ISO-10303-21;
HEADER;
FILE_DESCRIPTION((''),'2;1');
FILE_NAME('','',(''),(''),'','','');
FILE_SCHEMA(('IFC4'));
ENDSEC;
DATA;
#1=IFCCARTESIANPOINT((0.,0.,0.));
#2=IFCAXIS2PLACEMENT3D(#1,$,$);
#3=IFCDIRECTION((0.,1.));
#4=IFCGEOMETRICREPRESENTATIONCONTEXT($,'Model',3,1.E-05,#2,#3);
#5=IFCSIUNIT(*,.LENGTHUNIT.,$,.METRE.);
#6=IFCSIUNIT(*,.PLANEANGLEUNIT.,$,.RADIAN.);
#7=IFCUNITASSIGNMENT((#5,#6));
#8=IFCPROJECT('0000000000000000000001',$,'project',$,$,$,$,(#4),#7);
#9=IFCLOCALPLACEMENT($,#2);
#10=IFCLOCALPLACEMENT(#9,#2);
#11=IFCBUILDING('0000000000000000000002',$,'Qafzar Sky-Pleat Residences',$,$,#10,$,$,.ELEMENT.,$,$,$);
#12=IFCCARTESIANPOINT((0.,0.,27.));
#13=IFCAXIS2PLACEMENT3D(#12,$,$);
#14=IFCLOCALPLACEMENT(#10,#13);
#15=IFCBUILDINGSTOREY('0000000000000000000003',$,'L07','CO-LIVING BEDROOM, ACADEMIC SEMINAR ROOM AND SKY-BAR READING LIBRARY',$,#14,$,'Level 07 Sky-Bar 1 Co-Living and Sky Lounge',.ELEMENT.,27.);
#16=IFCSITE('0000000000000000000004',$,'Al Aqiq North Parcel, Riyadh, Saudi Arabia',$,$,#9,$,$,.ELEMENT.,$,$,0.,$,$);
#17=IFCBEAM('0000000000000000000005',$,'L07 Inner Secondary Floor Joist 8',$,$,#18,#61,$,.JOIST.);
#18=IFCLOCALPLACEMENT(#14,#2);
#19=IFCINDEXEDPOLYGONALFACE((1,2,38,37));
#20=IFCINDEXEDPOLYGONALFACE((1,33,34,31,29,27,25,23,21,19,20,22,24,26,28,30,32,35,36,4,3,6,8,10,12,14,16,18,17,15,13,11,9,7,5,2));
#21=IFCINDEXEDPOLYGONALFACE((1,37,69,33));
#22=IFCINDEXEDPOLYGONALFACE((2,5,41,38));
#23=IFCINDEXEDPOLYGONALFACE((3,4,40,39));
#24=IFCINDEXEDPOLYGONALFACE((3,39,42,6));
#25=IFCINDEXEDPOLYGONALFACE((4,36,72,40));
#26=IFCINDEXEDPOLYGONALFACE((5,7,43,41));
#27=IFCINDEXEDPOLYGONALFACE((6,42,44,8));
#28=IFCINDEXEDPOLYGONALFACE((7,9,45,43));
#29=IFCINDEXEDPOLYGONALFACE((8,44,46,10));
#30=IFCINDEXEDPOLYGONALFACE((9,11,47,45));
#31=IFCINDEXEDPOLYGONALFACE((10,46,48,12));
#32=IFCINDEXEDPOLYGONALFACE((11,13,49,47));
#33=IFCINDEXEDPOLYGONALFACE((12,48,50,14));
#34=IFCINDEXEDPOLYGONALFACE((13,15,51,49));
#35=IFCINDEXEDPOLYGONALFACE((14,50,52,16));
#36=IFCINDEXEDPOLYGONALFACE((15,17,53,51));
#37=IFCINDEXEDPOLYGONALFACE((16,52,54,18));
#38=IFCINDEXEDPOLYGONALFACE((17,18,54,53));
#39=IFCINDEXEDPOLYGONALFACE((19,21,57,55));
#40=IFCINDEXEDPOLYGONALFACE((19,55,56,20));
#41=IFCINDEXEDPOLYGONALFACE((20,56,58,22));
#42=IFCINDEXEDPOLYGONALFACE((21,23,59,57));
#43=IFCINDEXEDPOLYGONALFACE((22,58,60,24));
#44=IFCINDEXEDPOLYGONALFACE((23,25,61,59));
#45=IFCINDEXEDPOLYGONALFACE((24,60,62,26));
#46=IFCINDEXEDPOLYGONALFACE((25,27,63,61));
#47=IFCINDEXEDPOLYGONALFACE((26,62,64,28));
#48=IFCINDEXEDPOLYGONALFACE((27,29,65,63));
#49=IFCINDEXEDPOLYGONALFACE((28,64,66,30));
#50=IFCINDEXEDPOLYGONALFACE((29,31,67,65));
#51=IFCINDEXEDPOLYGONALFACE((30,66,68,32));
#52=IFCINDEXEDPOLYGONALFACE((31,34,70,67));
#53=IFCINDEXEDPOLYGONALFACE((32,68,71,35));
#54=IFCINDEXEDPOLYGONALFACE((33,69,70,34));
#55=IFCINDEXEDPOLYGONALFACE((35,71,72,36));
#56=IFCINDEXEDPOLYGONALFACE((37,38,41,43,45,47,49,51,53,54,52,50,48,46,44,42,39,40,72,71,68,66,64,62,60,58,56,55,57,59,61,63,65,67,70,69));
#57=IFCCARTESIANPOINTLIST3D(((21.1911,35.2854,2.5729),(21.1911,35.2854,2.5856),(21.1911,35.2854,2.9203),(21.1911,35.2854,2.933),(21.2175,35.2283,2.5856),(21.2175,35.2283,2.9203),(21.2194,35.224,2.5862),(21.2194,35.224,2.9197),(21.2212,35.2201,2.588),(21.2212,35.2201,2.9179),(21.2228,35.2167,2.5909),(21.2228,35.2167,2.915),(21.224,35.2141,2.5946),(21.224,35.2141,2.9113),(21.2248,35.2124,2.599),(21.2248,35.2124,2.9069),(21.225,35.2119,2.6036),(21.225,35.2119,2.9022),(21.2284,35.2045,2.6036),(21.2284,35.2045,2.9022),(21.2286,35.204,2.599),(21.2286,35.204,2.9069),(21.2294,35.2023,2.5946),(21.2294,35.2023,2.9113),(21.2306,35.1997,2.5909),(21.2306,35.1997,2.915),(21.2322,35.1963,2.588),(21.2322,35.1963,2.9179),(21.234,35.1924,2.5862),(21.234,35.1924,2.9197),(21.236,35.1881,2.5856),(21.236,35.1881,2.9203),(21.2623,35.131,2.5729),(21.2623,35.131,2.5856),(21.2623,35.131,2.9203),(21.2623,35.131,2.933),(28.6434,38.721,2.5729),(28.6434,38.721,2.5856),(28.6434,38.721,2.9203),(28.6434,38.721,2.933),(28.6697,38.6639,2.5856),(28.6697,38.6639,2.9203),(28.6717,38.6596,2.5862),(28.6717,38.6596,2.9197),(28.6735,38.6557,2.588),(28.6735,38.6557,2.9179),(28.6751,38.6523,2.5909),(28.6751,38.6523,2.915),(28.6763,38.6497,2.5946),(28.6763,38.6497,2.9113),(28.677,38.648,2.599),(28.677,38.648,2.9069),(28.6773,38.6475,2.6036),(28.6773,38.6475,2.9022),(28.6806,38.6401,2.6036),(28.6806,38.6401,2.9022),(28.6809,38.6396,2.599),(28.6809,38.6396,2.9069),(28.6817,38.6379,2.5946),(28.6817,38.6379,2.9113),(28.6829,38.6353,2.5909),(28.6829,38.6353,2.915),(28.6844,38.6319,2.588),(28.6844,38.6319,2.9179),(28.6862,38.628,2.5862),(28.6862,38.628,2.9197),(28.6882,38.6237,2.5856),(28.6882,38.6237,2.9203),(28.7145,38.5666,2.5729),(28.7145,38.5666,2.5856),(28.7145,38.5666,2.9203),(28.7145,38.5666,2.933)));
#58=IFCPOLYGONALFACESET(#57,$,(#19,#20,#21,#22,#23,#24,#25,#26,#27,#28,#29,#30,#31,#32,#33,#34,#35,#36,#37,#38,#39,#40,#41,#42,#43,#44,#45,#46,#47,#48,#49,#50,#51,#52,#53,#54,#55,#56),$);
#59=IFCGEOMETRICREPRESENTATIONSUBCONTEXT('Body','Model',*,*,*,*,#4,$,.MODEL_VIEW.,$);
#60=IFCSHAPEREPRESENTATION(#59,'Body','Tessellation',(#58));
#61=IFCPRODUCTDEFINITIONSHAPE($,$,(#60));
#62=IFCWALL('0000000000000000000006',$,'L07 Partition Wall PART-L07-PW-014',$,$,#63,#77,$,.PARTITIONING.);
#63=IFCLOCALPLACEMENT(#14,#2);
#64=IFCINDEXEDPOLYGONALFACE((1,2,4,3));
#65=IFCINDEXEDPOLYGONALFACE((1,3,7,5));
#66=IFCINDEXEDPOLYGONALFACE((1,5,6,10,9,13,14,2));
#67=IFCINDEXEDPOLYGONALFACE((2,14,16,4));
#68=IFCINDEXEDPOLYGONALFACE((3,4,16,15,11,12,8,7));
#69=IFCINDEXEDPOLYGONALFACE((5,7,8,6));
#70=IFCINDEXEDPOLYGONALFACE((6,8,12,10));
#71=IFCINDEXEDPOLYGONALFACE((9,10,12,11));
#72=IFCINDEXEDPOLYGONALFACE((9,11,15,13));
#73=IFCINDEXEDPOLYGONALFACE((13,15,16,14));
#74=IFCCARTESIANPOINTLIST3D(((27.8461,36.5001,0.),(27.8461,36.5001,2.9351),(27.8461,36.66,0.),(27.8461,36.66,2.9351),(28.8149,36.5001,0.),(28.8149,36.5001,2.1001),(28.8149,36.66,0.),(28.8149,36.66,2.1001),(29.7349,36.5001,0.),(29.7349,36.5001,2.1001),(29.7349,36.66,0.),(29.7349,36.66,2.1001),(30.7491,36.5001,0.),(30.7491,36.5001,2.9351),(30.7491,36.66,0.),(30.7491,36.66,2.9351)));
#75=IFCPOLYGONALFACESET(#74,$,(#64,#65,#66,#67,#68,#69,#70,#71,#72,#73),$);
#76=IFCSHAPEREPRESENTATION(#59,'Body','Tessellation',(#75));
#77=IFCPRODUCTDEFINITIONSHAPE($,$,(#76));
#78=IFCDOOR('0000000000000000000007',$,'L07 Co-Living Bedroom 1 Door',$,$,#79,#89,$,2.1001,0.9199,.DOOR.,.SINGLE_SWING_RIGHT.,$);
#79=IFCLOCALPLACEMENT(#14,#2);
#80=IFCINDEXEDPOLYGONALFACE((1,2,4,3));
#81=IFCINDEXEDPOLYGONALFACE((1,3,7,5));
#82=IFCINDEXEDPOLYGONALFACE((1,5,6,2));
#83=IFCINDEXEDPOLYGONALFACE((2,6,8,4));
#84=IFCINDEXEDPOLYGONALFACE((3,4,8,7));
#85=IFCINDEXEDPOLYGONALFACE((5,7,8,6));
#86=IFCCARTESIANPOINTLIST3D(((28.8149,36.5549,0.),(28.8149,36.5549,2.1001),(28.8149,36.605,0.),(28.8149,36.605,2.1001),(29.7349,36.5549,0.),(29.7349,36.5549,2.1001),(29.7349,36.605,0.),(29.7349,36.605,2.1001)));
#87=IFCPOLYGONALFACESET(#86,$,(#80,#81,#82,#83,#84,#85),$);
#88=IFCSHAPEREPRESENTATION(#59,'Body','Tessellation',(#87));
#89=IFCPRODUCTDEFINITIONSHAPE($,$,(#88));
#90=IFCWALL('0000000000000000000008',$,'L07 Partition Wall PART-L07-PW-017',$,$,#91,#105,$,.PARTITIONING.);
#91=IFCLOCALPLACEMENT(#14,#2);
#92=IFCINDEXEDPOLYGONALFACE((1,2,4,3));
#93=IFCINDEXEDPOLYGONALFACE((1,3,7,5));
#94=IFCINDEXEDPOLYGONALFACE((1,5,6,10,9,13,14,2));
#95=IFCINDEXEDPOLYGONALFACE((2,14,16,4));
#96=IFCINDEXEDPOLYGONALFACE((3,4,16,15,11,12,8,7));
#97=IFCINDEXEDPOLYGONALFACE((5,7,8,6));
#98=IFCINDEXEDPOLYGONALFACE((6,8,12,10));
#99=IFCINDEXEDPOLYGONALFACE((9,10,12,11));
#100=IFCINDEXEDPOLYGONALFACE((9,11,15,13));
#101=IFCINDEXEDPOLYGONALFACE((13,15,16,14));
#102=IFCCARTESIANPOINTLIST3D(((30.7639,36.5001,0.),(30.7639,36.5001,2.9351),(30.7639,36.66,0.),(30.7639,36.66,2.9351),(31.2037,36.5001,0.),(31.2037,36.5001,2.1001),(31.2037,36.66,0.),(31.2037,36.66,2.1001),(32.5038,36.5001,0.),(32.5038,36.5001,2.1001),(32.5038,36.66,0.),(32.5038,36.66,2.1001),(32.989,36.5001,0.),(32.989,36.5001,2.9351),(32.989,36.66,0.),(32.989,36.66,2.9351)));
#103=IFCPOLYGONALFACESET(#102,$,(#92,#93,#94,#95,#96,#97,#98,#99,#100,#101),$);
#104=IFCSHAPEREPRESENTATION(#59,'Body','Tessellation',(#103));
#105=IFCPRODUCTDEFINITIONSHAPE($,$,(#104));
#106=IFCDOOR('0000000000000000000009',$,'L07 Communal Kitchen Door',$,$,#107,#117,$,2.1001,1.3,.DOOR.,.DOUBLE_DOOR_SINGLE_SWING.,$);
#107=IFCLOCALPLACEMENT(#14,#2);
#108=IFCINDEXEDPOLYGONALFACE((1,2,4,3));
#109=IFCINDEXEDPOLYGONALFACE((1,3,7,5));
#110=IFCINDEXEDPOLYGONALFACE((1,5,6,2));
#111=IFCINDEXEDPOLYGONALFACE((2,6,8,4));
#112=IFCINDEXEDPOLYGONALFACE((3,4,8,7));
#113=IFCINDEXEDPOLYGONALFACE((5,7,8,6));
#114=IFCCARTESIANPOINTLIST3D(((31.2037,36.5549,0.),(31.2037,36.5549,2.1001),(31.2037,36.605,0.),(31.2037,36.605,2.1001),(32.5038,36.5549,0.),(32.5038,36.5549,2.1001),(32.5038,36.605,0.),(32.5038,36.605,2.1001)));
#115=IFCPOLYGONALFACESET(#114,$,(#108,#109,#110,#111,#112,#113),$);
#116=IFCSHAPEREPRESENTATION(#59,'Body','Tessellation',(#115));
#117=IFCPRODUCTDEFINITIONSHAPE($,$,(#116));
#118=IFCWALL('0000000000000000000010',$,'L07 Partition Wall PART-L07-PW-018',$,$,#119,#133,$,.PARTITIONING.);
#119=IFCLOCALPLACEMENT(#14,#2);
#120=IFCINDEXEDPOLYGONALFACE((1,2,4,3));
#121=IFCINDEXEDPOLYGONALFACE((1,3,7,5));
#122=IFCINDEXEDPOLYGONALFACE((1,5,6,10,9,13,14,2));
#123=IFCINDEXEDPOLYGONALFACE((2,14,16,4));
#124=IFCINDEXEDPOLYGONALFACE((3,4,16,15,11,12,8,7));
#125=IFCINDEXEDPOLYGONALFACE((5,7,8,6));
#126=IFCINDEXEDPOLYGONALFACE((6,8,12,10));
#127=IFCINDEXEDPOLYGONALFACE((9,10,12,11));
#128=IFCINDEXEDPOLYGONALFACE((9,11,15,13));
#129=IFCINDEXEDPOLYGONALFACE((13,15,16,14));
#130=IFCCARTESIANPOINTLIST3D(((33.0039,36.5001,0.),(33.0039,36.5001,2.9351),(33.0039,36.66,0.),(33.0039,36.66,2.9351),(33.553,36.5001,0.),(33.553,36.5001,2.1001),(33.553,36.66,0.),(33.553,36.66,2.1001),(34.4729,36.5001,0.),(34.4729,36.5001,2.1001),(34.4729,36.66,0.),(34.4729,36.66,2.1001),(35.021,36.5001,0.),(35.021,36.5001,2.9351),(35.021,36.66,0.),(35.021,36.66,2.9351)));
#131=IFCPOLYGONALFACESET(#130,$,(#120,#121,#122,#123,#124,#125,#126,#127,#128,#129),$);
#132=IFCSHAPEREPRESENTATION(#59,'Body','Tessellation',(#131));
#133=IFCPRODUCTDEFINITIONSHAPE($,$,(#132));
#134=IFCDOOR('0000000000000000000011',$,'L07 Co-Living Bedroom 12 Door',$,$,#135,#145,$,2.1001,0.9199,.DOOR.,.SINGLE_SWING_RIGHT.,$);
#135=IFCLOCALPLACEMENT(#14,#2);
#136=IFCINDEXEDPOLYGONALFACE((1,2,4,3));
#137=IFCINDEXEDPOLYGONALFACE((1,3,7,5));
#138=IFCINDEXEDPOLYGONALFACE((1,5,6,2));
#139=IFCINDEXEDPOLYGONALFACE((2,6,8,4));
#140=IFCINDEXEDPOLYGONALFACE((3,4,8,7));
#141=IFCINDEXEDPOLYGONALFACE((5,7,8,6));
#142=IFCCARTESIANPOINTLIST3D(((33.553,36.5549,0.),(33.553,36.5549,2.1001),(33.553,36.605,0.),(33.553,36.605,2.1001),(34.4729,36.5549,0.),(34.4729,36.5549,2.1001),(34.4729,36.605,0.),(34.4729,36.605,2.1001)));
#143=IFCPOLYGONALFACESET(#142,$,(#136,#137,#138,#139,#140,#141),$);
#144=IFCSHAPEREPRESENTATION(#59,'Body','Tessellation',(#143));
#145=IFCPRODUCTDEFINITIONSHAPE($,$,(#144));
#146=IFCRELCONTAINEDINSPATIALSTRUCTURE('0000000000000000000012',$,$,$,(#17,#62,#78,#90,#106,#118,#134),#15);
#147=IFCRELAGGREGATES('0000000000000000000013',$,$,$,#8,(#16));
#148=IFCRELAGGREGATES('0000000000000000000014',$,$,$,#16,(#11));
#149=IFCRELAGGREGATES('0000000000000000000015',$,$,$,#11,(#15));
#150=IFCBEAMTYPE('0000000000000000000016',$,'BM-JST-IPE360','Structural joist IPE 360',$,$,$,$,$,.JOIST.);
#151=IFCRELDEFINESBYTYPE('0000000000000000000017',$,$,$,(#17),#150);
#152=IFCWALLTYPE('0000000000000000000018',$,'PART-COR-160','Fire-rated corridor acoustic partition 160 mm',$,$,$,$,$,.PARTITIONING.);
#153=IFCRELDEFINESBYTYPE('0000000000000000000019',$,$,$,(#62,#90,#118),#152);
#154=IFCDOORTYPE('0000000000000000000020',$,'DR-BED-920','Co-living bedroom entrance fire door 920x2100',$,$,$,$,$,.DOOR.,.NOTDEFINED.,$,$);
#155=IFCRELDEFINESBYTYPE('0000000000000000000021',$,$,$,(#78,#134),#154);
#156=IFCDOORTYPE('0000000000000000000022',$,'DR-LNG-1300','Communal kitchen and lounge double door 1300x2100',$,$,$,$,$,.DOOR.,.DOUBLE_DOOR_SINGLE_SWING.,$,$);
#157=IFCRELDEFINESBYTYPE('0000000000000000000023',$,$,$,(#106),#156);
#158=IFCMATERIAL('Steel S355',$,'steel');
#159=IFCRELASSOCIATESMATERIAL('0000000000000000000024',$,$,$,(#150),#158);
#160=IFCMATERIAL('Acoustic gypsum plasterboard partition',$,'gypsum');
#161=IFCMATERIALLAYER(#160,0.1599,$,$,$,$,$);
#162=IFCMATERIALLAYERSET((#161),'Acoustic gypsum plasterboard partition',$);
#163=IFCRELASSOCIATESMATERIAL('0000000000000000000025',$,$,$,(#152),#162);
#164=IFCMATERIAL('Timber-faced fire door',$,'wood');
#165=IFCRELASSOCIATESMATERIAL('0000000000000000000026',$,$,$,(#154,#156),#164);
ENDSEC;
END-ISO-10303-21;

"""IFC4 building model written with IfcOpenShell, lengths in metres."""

from ifc_helpers import new_model, si_unit, direction, frame, frame_2d, origin, origin_2d, place, context, subcontext, project, spatial, rectangle, i_section, extrude, source, transform, mapped, material, layer, layer_set, material_profile, profile_set, type_object, element, fill, save


model = new_model("IFC4")

# Units and contexts
model_context = context("Model", 3, precision=1e-05, world=origin(), true_north=direction((0.0, 1.0)))
body_context = subcontext(model_context, "Body", "Model", "MODEL_VIEW")
ifc_project = project(units=[si_unit("LENGTHUNIT", "METRE"), si_unit("PLANEANGLEUNIT", "RADIAN")], contexts=[model_context])

# Site, building, storey
site_placement = place(None, origin())
site = spatial("IfcSite", under=ifc_project, at=site_placement, Name="Al Aqiq North Parcel, Riyadh, Saudi Arabia", CompositionType="ELEMENT", RefElevation=0.0)
building_placement = place(site_placement, origin())
building = spatial("IfcBuilding", under=site, at=building_placement, Name="Qafzar Sky-Pleat Residences", CompositionType="ELEMENT")
storey_placement = place(building_placement, frame((0.0, 0.0, 27.0)))
storey = spatial("IfcBuildingStorey", under=building, at=storey_placement, Name="L07", Description="CO-LIVING BEDROOM, ACADEMIC SEMINAR ROOM AND SKY-BAR READING LIBRARY", LongName="Level 07 Sky-Bar 1 Co-Living and Sky Lounge", CompositionType="ELEMENT", Elevation=27.0)

# Beam
ifc_material_1 = material(Name="Steel S355", Category="steel")
ifc_material_profile = material_profile(ifc_material_1, i_section(OverallWidth=0.1699, OverallDepth=0.3601, WebThickness=0.0081, FlangeThickness=0.0127, FilletRadius=0.0181, at=origin_2d()), Name="IPE 360")
ifc_profile_set = profile_set([ifc_material_profile], Name="Steel S355")
beam_type = type_object("IfcBeamType", Name="BM-JST-IPE360", Description="Structural joist IPE 360", PredefinedType="JOIST", material=ifc_profile_set)
shared_shape_1 = source(origin(), body_context, "Body", "SweptSolid", [
    extrude(i_section(OverallWidth=0.1699, OverallDepth=0.3601, WebThickness=0.0081, FlangeThickness=0.0127, FilletRadius=0.0181, at=origin_2d()), origin(), (0.0, 0.0, 1.0), 8.2061),
])
beam_placement = place(storey_placement, frame((28.679, 38.6438, 2.7529), z_axis=(-0.90814, -0.418666, 0.0), x_axis=(0.418666, -0.90814, 0.0)))
element("IfcBeam", 1, at=beam_placement, inside=storey, type_object=beam_type, Name="L07 Inner Secondary Floor Joist 8", PredefinedType="JOIST", context=body_context, shape_type="MappedRepresentation", body=[
    mapped(shared_shape_1, transform((0.0, 0.0, 0.0), x_axis=(1.0, 0.0, 0.0), y_axis=(0.0, 1.0, 0.0), z_axis=(0.0, 0.0, 1.0), scale=1.0)),
])

# Walls, openings, doors
ifc_material_2 = material(Name="Acoustic gypsum plasterboard partition", Category="gypsum")
ifc_layer_1 = layer(ifc_material_2, 0.1599)
ifc_layer_set_1 = layer_set([ifc_layer_1], Name="Acoustic gypsum plasterboard partition")
wall_type_1 = type_object("IfcWallType", Name="PART-COR-160", Description="Fire-rated corridor acoustic partition 160 mm", PredefinedType="PARTITIONING", material=ifc_layer_set_1)
wall_1_placement = place(storey_placement, frame((27.8459, 36.5801, 0.0), z_axis=(0.0, 0.0, 1.0), x_axis=(1.0, 0.0, 0.0)))
wall_1 = element("IfcWall", 2, at=wall_1_placement, inside=storey, type_object=wall_type_1, Name="L07 Partition Wall PART-L07-PW-014", PredefinedType="PARTITIONING", context=body_context, shape_type="SweptSolid", body=[
    extrude(rectangle(XDim=2.9031, YDim=0.1599, at=frame_2d((1.4517, 0.0))), origin(), (0.0, 0.0, 1.0), 2.9351),
])
opening_1_placement = place(wall_1_placement, frame((0.969, 0.0, 0.0)))
opening_1 = element("IfcOpeningElement", 3, at=opening_1_placement, cuts=wall_1, PredefinedType="OPENING", context=body_context, shape_type="SweptSolid", body=[
    extrude(rectangle(XDim=0.9199, YDim=2.1001, at=frame_2d((0.46, 1.05))), frame((0.0, 0.0898, 0.0), z_axis=(0.0, -1.0, 0.0), x_axis=(1.0, 0.0, 0.0)), (0.0, 0.0, 1.0), 0.1799),
])
ifc_material_3 = material(Name="Timber-faced fire door", Category="wood")
door_type_1 = type_object("IfcDoorType", Name="DR-BED-920", Description="Co-living bedroom entrance fire door 920x2100", OperationType="NOTDEFINED", PredefinedType="DOOR", material=ifc_material_3)
shared_shape_2 = source(origin(), body_context, "Body", "SweptSolid", [
    extrude(rectangle(XDim=0.9199, YDim=2.1001, at=frame_2d((0.46, 1.05))), frame((0.0, 0.0249, 0.0), z_axis=(0.0, -1.0, 0.0), x_axis=(1.0, 0.0, 0.0)), (0.0, 0.0, 1.0), 0.05),
])
door_1_placement = place(opening_1_placement, origin())
door_1 = element("IfcDoor", 4, at=door_1_placement, inside=storey, type_object=door_type_1, Name="L07 Co-Living Bedroom 1 Door", OperationType="SINGLE_SWING_RIGHT", OverallHeight=2.1001, OverallWidth=0.9199, PredefinedType="DOOR", context=body_context, shape_type="MappedRepresentation", body=[
    mapped(shared_shape_2, transform((0.0, 0.0, 0.0), x_axis=(1.0, 0.0, 0.0), y_axis=(0.0, 1.0, 0.0), z_axis=(0.0, 0.0, 1.0), scale=1.0)),
])
fill(opening_1, door_1)
wall_2_placement = place(storey_placement, frame((30.7639, 36.5801, 0.0), z_axis=(0.0, 0.0, 1.0), x_axis=(1.0, 0.0, 0.0)))
wall_2 = element("IfcWall", 5, at=wall_2_placement, inside=storey, type_object=wall_type_1, Name="L07 Partition Wall PART-L07-PW-017", PredefinedType="PARTITIONING", context=body_context, shape_type="SweptSolid", body=[
    extrude(rectangle(XDim=2.2251, YDim=0.1599, at=frame_2d((1.1125, 0.0))), origin(), (0.0, 0.0, 1.0), 2.9351),
])
opening_2_placement = place(wall_2_placement, frame((0.4399, 0.0, 0.0)))
opening_2 = element("IfcOpeningElement", 6, at=opening_2_placement, cuts=wall_2, PredefinedType="OPENING", context=body_context, shape_type="SweptSolid", body=[
    extrude(rectangle(XDim=1.3, YDim=2.1001, at=frame_2d((0.6499, 1.05))), frame((0.0, 0.0898, 0.0), z_axis=(0.0, -1.0, 0.0), x_axis=(1.0, 0.0, 0.0)), (0.0, 0.0, 1.0), 0.1799),
])
door_type_2 = type_object("IfcDoorType", Name="DR-LNG-1300", Description="Communal kitchen and lounge double door 1300x2100", OperationType="DOUBLE_DOOR_SINGLE_SWING", PredefinedType="DOOR", material=ifc_material_3)
shared_shape_3 = source(origin(), body_context, "Body", "SweptSolid", [
    extrude(rectangle(XDim=1.3, YDim=2.1001, at=frame_2d((0.6499, 1.05))), frame((0.0, 0.0249, 0.0), z_axis=(0.0, -1.0, 0.0), x_axis=(1.0, 0.0, 0.0)), (0.0, 0.0, 1.0), 0.05),
])
door_2_placement = place(opening_2_placement, origin())
door_2 = element("IfcDoor", 7, at=door_2_placement, inside=storey, type_object=door_type_2, Name="L07 Communal Kitchen Door", OperationType="DOUBLE_DOOR_SINGLE_SWING", OverallHeight=2.1001, OverallWidth=1.3, PredefinedType="DOOR", context=body_context, shape_type="MappedRepresentation", body=[
    mapped(shared_shape_3, transform((0.0, 0.0, 0.0), x_axis=(1.0, 0.0, 0.0), y_axis=(0.0, 1.0, 0.0), z_axis=(0.0, 0.0, 1.0), scale=1.0)),
])
fill(opening_2, door_2)
wall_3_placement = place(storey_placement, frame((33.0039, 36.5801, 0.0), z_axis=(0.0, 0.0, 1.0), x_axis=(1.0, 0.0, 0.0)))
wall_3 = element("IfcWall", 8, at=wall_3_placement, inside=storey, type_object=wall_type_1, Name="L07 Partition Wall PART-L07-PW-018", PredefinedType="PARTITIONING", context=body_context, shape_type="SweptSolid", body=[
    extrude(rectangle(XDim=2.0171, YDim=0.1599, at=frame_2d((1.0085, 0.0))), origin(), (0.0, 0.0, 1.0), 2.9351),
])
opening_3_placement = place(wall_3_placement, frame((0.5491, 0.0, 0.0)))
opening_3 = element("IfcOpeningElement", 9, at=opening_3_placement, cuts=wall_3, PredefinedType="OPENING", context=body_context, shape_type="SweptSolid", body=[
    extrude(rectangle(XDim=0.9199, YDim=2.1001, at=frame_2d((0.46, 1.05))), frame((0.0, 0.0898, 0.0), z_axis=(0.0, -1.0, 0.0), x_axis=(1.0, 0.0, 0.0)), (0.0, 0.0, 1.0), 0.1799),
])
door_3_placement = place(opening_3_placement, origin())
door_3 = element("IfcDoor", 10, at=door_3_placement, inside=storey, type_object=door_type_1, Name="L07 Co-Living Bedroom 12 Door", OperationType="SINGLE_SWING_RIGHT", OverallHeight=2.1001, OverallWidth=0.9199, PredefinedType="DOOR", context=body_context, shape_type="MappedRepresentation", body=[
    mapped(shared_shape_2, transform((0.0, 0.0, 0.0), x_axis=(1.0, 0.0, 0.0), y_axis=(0.0, 1.0, 0.0), z_axis=(0.0, 0.0, 1.0), scale=1.0)),
])
fill(opening_3, door_3)

save(model, "model.ifc")
